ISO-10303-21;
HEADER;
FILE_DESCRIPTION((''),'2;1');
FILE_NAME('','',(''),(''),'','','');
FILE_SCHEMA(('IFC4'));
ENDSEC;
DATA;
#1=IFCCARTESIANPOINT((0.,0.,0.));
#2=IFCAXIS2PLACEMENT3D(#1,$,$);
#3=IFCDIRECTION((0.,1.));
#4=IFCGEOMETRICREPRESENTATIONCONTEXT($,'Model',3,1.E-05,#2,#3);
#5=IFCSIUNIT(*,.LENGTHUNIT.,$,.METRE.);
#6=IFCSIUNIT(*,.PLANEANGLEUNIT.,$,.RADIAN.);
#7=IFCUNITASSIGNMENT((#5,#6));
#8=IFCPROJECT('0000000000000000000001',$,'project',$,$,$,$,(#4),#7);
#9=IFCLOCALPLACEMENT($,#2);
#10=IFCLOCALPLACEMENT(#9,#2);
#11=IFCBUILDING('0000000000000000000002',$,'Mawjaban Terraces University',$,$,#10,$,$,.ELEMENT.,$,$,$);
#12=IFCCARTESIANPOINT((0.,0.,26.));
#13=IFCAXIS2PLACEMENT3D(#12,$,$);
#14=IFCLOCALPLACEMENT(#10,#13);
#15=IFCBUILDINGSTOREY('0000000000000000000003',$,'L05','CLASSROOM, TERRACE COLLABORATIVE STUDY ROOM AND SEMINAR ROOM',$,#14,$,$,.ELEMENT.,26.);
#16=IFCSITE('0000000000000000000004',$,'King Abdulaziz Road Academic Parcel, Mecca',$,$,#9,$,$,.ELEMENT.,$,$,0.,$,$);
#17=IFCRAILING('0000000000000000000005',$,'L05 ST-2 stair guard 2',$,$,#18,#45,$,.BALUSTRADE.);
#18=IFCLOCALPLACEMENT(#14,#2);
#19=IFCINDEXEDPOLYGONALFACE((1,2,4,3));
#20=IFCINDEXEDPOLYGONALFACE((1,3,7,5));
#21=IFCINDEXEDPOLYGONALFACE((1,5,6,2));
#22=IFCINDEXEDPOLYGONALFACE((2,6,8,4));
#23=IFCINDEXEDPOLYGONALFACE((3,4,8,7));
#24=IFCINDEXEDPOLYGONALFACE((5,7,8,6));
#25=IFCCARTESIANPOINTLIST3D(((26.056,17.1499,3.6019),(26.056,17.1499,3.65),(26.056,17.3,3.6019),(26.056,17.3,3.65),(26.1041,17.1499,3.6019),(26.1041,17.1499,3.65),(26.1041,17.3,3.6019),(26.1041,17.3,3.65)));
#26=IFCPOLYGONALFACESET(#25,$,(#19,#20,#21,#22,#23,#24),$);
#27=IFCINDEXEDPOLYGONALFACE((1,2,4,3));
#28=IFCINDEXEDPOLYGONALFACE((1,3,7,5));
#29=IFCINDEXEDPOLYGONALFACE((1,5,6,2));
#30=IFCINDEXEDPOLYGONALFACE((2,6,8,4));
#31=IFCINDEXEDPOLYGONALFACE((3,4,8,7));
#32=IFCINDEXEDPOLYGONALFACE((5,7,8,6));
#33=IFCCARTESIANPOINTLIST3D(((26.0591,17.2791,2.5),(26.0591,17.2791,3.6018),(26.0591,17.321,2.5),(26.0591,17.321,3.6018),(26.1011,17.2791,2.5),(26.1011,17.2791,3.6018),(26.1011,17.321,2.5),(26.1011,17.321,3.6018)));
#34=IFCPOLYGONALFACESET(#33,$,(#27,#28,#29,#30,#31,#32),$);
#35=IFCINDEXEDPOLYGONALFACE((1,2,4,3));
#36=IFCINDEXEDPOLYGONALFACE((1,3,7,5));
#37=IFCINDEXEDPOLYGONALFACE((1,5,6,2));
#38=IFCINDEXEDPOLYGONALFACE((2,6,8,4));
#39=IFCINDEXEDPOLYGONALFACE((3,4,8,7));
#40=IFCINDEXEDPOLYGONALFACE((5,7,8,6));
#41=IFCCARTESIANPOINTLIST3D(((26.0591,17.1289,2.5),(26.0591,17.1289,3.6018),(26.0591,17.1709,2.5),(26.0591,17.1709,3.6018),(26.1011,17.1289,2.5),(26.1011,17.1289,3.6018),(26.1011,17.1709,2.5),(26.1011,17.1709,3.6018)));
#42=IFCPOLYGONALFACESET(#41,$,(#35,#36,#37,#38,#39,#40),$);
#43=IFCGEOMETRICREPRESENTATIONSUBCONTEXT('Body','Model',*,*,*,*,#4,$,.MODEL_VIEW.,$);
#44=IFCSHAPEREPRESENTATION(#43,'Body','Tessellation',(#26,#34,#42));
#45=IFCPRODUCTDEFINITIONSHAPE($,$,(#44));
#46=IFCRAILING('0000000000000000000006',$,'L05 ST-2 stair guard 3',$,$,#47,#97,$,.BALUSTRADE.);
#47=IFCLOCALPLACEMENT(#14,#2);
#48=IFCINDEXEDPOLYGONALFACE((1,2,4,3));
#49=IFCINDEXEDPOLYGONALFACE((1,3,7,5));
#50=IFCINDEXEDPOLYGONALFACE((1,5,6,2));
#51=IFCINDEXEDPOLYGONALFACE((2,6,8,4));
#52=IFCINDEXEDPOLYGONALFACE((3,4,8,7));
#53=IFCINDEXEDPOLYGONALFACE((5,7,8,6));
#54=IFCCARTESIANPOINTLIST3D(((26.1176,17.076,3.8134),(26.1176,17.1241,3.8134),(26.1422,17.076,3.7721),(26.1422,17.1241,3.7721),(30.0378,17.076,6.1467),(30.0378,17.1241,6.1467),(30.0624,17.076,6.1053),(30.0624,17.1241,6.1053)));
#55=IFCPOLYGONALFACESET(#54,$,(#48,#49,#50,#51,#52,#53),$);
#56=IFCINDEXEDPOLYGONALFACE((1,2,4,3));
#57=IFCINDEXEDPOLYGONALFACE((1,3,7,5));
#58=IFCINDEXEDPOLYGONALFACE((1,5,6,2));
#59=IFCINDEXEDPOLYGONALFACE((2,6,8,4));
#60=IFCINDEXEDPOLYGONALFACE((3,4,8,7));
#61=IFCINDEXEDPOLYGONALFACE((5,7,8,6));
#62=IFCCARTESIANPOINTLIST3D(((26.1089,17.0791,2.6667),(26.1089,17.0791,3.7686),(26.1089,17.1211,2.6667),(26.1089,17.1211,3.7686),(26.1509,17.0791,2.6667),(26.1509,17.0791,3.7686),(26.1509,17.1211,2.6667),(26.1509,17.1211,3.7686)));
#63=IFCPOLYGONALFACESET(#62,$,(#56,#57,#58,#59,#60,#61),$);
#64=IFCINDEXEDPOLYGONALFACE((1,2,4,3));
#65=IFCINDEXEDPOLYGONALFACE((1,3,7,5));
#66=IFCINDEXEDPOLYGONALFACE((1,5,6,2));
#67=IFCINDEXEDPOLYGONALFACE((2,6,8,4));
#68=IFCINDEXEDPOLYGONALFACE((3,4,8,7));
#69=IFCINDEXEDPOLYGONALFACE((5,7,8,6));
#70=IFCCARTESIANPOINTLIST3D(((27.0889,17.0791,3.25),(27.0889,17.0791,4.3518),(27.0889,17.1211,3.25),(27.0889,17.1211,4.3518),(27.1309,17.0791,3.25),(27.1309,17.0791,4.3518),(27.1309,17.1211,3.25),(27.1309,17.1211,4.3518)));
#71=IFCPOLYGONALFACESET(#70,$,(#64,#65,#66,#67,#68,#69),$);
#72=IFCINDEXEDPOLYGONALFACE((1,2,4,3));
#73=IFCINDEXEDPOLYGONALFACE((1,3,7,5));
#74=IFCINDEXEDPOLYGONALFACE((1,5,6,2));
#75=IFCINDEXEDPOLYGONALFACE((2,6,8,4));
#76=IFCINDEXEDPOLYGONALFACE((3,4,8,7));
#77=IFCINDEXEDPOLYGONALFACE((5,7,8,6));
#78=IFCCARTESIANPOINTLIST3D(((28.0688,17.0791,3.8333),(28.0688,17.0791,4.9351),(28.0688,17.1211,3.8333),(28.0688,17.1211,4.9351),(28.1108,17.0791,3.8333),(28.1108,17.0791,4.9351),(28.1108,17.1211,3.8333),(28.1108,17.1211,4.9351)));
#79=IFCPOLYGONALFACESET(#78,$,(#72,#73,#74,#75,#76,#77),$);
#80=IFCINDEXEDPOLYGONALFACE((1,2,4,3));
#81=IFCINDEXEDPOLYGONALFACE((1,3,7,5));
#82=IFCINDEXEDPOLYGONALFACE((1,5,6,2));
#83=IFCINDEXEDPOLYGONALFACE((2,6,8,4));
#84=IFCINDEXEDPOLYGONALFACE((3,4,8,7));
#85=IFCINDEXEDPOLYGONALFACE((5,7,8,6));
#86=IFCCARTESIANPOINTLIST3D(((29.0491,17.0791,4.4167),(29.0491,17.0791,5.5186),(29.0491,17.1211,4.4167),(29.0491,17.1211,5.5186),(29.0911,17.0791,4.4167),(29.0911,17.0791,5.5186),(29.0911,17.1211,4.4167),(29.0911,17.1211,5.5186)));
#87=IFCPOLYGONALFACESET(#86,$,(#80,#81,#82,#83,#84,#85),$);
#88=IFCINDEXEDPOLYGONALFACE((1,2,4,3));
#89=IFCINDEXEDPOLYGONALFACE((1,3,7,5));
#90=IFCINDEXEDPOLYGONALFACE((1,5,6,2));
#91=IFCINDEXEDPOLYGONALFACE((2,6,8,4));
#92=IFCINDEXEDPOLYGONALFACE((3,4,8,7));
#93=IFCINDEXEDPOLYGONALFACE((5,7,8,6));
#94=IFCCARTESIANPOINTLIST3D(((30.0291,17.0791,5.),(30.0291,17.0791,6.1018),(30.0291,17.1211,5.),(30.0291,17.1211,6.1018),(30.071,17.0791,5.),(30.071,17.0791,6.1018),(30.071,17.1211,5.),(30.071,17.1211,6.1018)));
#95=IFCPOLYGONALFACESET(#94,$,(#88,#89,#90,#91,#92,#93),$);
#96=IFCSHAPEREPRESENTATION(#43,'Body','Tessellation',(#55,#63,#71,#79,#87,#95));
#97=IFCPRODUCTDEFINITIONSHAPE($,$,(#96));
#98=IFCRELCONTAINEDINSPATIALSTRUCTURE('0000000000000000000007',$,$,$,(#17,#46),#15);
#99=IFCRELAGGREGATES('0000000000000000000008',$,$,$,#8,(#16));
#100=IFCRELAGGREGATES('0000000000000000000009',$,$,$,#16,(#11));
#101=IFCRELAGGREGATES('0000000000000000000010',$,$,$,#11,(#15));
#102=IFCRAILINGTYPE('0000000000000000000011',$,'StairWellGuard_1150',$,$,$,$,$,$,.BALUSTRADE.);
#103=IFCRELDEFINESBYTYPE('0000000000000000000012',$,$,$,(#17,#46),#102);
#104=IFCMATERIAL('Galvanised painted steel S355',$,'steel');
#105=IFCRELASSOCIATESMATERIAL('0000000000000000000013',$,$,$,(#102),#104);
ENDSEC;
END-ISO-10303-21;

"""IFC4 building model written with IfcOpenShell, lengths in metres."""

from ifc_helpers import new_model, si_unit, direction, frame, origin, origin_2d, place, context, subcontext, project, spatial, rectangle, extrude, material, type_object, element, save


model = new_model("IFC4")

# Units and contexts
model_context = context("Model", 3, precision=1e-05, world=origin(), true_north=direction((0.0, 1.0)))
body_context = subcontext(model_context, "Body", "Model", "MODEL_VIEW")
ifc_project = project(units=[si_unit("LENGTHUNIT", "METRE"), si_unit("PLANEANGLEUNIT", "RADIAN")], contexts=[model_context])

# Site, building, storey
site_placement = place(None, origin())
site = spatial("IfcSite", under=ifc_project, at=site_placement, Name="King Abdulaziz Road Academic Parcel, Mecca", CompositionType="ELEMENT", RefElevation=0.0)
building_placement = place(site_placement, origin())
building = spatial("IfcBuilding", under=site, at=building_placement, Name="Mawjaban Terraces University", CompositionType="ELEMENT")
storey_placement = place(building_placement, frame((0.0, 0.0, 26.0)))
storey = spatial("IfcBuildingStorey", under=building, at=storey_placement, Name="L05", Description="CLASSROOM, TERRACE COLLABORATIVE STUDY ROOM AND SEMINAR ROOM", CompositionType="ELEMENT", Elevation=26.0)

# Railings
ifc_material_1 = material(Name="Galvanised painted steel S355", Category="steel")
railing_type_1 = type_object("IfcRailingType", Name="StairWellGuard_1150", PredefinedType="BALUSTRADE", material=ifc_material_1)
railing_1_placement = place(storey_placement, frame((26.0801, 17.3, 2.5)))
element("IfcRailing", 1, at=railing_1_placement, inside=storey, type_object=railing_type_1, Name="L05 ST-2 stair guard 2", PredefinedType="BALUSTRADE", context=body_context, shape_type="SweptSolid", body=[
    extrude(rectangle(XDim=0.0481, YDim=0.0481, at=origin_2d()), frame((0.0, 0.0, 1.126), z_axis=(0.0, -1.0, 0.0), x_axis=(1.0, 0.0, 0.0)), (0.0, 0.0, 1.0), 0.1501),
    extrude(rectangle(XDim=0.042, YDim=0.042, at=origin_2d()), origin(), (0.0, 0.0, 1.0), 1.1018),
    extrude(rectangle(XDim=0.042, YDim=0.042, at=origin_2d()), frame((0.0, -0.1501, 0.0)), (0.0, 0.0, 1.0), 1.1018),
])
railing_2_placement = place(storey_placement, frame((26.1299, 17.1001, 2.6667)))
element("IfcRailing", 2, at=railing_2_placement, inside=storey, type_object=railing_type_1, Name="L05 ST-2 stair guard 3", PredefinedType="BALUSTRADE", context=body_context, shape_type="SweptSolid", body=[
    extrude(rectangle(XDim=0.0481, YDim=0.0481, at=origin_2d()), frame((0.0, 0.0, 1.126), z_axis=(0.85931, 0.0, 0.511455), x_axis=(0.0, 1.0, 0.0)), (0.0, 0.0, 1.0), 4.562),
    extrude(rectangle(XDim=0.042, YDim=0.042, at=origin_2d()), origin(), (0.0, 0.0, 1.0), 1.1018),
    extrude(rectangle(XDim=0.042, YDim=0.042, at=origin_2d()), frame((0.98, 0.0, 0.5833)), (0.0, 0.0, 1.0), 1.1018),
    extrude(rectangle(XDim=0.042, YDim=0.042, at=origin_2d()), frame((1.96, 0.0, 1.1665)), (0.0, 0.0, 1.0), 1.1018),
    extrude(rectangle(XDim=0.042, YDim=0.042, at=origin_2d()), frame((2.9402, 0.0, 1.75)), (0.0, 0.0, 1.0), 1.1018),
    extrude(rectangle(XDim=0.042, YDim=0.042, at=origin_2d()), frame((3.9202, 0.0, 2.3333)), (0.0, 0.0, 1.0), 1.1018),
])

save(model, "model.ifc")
